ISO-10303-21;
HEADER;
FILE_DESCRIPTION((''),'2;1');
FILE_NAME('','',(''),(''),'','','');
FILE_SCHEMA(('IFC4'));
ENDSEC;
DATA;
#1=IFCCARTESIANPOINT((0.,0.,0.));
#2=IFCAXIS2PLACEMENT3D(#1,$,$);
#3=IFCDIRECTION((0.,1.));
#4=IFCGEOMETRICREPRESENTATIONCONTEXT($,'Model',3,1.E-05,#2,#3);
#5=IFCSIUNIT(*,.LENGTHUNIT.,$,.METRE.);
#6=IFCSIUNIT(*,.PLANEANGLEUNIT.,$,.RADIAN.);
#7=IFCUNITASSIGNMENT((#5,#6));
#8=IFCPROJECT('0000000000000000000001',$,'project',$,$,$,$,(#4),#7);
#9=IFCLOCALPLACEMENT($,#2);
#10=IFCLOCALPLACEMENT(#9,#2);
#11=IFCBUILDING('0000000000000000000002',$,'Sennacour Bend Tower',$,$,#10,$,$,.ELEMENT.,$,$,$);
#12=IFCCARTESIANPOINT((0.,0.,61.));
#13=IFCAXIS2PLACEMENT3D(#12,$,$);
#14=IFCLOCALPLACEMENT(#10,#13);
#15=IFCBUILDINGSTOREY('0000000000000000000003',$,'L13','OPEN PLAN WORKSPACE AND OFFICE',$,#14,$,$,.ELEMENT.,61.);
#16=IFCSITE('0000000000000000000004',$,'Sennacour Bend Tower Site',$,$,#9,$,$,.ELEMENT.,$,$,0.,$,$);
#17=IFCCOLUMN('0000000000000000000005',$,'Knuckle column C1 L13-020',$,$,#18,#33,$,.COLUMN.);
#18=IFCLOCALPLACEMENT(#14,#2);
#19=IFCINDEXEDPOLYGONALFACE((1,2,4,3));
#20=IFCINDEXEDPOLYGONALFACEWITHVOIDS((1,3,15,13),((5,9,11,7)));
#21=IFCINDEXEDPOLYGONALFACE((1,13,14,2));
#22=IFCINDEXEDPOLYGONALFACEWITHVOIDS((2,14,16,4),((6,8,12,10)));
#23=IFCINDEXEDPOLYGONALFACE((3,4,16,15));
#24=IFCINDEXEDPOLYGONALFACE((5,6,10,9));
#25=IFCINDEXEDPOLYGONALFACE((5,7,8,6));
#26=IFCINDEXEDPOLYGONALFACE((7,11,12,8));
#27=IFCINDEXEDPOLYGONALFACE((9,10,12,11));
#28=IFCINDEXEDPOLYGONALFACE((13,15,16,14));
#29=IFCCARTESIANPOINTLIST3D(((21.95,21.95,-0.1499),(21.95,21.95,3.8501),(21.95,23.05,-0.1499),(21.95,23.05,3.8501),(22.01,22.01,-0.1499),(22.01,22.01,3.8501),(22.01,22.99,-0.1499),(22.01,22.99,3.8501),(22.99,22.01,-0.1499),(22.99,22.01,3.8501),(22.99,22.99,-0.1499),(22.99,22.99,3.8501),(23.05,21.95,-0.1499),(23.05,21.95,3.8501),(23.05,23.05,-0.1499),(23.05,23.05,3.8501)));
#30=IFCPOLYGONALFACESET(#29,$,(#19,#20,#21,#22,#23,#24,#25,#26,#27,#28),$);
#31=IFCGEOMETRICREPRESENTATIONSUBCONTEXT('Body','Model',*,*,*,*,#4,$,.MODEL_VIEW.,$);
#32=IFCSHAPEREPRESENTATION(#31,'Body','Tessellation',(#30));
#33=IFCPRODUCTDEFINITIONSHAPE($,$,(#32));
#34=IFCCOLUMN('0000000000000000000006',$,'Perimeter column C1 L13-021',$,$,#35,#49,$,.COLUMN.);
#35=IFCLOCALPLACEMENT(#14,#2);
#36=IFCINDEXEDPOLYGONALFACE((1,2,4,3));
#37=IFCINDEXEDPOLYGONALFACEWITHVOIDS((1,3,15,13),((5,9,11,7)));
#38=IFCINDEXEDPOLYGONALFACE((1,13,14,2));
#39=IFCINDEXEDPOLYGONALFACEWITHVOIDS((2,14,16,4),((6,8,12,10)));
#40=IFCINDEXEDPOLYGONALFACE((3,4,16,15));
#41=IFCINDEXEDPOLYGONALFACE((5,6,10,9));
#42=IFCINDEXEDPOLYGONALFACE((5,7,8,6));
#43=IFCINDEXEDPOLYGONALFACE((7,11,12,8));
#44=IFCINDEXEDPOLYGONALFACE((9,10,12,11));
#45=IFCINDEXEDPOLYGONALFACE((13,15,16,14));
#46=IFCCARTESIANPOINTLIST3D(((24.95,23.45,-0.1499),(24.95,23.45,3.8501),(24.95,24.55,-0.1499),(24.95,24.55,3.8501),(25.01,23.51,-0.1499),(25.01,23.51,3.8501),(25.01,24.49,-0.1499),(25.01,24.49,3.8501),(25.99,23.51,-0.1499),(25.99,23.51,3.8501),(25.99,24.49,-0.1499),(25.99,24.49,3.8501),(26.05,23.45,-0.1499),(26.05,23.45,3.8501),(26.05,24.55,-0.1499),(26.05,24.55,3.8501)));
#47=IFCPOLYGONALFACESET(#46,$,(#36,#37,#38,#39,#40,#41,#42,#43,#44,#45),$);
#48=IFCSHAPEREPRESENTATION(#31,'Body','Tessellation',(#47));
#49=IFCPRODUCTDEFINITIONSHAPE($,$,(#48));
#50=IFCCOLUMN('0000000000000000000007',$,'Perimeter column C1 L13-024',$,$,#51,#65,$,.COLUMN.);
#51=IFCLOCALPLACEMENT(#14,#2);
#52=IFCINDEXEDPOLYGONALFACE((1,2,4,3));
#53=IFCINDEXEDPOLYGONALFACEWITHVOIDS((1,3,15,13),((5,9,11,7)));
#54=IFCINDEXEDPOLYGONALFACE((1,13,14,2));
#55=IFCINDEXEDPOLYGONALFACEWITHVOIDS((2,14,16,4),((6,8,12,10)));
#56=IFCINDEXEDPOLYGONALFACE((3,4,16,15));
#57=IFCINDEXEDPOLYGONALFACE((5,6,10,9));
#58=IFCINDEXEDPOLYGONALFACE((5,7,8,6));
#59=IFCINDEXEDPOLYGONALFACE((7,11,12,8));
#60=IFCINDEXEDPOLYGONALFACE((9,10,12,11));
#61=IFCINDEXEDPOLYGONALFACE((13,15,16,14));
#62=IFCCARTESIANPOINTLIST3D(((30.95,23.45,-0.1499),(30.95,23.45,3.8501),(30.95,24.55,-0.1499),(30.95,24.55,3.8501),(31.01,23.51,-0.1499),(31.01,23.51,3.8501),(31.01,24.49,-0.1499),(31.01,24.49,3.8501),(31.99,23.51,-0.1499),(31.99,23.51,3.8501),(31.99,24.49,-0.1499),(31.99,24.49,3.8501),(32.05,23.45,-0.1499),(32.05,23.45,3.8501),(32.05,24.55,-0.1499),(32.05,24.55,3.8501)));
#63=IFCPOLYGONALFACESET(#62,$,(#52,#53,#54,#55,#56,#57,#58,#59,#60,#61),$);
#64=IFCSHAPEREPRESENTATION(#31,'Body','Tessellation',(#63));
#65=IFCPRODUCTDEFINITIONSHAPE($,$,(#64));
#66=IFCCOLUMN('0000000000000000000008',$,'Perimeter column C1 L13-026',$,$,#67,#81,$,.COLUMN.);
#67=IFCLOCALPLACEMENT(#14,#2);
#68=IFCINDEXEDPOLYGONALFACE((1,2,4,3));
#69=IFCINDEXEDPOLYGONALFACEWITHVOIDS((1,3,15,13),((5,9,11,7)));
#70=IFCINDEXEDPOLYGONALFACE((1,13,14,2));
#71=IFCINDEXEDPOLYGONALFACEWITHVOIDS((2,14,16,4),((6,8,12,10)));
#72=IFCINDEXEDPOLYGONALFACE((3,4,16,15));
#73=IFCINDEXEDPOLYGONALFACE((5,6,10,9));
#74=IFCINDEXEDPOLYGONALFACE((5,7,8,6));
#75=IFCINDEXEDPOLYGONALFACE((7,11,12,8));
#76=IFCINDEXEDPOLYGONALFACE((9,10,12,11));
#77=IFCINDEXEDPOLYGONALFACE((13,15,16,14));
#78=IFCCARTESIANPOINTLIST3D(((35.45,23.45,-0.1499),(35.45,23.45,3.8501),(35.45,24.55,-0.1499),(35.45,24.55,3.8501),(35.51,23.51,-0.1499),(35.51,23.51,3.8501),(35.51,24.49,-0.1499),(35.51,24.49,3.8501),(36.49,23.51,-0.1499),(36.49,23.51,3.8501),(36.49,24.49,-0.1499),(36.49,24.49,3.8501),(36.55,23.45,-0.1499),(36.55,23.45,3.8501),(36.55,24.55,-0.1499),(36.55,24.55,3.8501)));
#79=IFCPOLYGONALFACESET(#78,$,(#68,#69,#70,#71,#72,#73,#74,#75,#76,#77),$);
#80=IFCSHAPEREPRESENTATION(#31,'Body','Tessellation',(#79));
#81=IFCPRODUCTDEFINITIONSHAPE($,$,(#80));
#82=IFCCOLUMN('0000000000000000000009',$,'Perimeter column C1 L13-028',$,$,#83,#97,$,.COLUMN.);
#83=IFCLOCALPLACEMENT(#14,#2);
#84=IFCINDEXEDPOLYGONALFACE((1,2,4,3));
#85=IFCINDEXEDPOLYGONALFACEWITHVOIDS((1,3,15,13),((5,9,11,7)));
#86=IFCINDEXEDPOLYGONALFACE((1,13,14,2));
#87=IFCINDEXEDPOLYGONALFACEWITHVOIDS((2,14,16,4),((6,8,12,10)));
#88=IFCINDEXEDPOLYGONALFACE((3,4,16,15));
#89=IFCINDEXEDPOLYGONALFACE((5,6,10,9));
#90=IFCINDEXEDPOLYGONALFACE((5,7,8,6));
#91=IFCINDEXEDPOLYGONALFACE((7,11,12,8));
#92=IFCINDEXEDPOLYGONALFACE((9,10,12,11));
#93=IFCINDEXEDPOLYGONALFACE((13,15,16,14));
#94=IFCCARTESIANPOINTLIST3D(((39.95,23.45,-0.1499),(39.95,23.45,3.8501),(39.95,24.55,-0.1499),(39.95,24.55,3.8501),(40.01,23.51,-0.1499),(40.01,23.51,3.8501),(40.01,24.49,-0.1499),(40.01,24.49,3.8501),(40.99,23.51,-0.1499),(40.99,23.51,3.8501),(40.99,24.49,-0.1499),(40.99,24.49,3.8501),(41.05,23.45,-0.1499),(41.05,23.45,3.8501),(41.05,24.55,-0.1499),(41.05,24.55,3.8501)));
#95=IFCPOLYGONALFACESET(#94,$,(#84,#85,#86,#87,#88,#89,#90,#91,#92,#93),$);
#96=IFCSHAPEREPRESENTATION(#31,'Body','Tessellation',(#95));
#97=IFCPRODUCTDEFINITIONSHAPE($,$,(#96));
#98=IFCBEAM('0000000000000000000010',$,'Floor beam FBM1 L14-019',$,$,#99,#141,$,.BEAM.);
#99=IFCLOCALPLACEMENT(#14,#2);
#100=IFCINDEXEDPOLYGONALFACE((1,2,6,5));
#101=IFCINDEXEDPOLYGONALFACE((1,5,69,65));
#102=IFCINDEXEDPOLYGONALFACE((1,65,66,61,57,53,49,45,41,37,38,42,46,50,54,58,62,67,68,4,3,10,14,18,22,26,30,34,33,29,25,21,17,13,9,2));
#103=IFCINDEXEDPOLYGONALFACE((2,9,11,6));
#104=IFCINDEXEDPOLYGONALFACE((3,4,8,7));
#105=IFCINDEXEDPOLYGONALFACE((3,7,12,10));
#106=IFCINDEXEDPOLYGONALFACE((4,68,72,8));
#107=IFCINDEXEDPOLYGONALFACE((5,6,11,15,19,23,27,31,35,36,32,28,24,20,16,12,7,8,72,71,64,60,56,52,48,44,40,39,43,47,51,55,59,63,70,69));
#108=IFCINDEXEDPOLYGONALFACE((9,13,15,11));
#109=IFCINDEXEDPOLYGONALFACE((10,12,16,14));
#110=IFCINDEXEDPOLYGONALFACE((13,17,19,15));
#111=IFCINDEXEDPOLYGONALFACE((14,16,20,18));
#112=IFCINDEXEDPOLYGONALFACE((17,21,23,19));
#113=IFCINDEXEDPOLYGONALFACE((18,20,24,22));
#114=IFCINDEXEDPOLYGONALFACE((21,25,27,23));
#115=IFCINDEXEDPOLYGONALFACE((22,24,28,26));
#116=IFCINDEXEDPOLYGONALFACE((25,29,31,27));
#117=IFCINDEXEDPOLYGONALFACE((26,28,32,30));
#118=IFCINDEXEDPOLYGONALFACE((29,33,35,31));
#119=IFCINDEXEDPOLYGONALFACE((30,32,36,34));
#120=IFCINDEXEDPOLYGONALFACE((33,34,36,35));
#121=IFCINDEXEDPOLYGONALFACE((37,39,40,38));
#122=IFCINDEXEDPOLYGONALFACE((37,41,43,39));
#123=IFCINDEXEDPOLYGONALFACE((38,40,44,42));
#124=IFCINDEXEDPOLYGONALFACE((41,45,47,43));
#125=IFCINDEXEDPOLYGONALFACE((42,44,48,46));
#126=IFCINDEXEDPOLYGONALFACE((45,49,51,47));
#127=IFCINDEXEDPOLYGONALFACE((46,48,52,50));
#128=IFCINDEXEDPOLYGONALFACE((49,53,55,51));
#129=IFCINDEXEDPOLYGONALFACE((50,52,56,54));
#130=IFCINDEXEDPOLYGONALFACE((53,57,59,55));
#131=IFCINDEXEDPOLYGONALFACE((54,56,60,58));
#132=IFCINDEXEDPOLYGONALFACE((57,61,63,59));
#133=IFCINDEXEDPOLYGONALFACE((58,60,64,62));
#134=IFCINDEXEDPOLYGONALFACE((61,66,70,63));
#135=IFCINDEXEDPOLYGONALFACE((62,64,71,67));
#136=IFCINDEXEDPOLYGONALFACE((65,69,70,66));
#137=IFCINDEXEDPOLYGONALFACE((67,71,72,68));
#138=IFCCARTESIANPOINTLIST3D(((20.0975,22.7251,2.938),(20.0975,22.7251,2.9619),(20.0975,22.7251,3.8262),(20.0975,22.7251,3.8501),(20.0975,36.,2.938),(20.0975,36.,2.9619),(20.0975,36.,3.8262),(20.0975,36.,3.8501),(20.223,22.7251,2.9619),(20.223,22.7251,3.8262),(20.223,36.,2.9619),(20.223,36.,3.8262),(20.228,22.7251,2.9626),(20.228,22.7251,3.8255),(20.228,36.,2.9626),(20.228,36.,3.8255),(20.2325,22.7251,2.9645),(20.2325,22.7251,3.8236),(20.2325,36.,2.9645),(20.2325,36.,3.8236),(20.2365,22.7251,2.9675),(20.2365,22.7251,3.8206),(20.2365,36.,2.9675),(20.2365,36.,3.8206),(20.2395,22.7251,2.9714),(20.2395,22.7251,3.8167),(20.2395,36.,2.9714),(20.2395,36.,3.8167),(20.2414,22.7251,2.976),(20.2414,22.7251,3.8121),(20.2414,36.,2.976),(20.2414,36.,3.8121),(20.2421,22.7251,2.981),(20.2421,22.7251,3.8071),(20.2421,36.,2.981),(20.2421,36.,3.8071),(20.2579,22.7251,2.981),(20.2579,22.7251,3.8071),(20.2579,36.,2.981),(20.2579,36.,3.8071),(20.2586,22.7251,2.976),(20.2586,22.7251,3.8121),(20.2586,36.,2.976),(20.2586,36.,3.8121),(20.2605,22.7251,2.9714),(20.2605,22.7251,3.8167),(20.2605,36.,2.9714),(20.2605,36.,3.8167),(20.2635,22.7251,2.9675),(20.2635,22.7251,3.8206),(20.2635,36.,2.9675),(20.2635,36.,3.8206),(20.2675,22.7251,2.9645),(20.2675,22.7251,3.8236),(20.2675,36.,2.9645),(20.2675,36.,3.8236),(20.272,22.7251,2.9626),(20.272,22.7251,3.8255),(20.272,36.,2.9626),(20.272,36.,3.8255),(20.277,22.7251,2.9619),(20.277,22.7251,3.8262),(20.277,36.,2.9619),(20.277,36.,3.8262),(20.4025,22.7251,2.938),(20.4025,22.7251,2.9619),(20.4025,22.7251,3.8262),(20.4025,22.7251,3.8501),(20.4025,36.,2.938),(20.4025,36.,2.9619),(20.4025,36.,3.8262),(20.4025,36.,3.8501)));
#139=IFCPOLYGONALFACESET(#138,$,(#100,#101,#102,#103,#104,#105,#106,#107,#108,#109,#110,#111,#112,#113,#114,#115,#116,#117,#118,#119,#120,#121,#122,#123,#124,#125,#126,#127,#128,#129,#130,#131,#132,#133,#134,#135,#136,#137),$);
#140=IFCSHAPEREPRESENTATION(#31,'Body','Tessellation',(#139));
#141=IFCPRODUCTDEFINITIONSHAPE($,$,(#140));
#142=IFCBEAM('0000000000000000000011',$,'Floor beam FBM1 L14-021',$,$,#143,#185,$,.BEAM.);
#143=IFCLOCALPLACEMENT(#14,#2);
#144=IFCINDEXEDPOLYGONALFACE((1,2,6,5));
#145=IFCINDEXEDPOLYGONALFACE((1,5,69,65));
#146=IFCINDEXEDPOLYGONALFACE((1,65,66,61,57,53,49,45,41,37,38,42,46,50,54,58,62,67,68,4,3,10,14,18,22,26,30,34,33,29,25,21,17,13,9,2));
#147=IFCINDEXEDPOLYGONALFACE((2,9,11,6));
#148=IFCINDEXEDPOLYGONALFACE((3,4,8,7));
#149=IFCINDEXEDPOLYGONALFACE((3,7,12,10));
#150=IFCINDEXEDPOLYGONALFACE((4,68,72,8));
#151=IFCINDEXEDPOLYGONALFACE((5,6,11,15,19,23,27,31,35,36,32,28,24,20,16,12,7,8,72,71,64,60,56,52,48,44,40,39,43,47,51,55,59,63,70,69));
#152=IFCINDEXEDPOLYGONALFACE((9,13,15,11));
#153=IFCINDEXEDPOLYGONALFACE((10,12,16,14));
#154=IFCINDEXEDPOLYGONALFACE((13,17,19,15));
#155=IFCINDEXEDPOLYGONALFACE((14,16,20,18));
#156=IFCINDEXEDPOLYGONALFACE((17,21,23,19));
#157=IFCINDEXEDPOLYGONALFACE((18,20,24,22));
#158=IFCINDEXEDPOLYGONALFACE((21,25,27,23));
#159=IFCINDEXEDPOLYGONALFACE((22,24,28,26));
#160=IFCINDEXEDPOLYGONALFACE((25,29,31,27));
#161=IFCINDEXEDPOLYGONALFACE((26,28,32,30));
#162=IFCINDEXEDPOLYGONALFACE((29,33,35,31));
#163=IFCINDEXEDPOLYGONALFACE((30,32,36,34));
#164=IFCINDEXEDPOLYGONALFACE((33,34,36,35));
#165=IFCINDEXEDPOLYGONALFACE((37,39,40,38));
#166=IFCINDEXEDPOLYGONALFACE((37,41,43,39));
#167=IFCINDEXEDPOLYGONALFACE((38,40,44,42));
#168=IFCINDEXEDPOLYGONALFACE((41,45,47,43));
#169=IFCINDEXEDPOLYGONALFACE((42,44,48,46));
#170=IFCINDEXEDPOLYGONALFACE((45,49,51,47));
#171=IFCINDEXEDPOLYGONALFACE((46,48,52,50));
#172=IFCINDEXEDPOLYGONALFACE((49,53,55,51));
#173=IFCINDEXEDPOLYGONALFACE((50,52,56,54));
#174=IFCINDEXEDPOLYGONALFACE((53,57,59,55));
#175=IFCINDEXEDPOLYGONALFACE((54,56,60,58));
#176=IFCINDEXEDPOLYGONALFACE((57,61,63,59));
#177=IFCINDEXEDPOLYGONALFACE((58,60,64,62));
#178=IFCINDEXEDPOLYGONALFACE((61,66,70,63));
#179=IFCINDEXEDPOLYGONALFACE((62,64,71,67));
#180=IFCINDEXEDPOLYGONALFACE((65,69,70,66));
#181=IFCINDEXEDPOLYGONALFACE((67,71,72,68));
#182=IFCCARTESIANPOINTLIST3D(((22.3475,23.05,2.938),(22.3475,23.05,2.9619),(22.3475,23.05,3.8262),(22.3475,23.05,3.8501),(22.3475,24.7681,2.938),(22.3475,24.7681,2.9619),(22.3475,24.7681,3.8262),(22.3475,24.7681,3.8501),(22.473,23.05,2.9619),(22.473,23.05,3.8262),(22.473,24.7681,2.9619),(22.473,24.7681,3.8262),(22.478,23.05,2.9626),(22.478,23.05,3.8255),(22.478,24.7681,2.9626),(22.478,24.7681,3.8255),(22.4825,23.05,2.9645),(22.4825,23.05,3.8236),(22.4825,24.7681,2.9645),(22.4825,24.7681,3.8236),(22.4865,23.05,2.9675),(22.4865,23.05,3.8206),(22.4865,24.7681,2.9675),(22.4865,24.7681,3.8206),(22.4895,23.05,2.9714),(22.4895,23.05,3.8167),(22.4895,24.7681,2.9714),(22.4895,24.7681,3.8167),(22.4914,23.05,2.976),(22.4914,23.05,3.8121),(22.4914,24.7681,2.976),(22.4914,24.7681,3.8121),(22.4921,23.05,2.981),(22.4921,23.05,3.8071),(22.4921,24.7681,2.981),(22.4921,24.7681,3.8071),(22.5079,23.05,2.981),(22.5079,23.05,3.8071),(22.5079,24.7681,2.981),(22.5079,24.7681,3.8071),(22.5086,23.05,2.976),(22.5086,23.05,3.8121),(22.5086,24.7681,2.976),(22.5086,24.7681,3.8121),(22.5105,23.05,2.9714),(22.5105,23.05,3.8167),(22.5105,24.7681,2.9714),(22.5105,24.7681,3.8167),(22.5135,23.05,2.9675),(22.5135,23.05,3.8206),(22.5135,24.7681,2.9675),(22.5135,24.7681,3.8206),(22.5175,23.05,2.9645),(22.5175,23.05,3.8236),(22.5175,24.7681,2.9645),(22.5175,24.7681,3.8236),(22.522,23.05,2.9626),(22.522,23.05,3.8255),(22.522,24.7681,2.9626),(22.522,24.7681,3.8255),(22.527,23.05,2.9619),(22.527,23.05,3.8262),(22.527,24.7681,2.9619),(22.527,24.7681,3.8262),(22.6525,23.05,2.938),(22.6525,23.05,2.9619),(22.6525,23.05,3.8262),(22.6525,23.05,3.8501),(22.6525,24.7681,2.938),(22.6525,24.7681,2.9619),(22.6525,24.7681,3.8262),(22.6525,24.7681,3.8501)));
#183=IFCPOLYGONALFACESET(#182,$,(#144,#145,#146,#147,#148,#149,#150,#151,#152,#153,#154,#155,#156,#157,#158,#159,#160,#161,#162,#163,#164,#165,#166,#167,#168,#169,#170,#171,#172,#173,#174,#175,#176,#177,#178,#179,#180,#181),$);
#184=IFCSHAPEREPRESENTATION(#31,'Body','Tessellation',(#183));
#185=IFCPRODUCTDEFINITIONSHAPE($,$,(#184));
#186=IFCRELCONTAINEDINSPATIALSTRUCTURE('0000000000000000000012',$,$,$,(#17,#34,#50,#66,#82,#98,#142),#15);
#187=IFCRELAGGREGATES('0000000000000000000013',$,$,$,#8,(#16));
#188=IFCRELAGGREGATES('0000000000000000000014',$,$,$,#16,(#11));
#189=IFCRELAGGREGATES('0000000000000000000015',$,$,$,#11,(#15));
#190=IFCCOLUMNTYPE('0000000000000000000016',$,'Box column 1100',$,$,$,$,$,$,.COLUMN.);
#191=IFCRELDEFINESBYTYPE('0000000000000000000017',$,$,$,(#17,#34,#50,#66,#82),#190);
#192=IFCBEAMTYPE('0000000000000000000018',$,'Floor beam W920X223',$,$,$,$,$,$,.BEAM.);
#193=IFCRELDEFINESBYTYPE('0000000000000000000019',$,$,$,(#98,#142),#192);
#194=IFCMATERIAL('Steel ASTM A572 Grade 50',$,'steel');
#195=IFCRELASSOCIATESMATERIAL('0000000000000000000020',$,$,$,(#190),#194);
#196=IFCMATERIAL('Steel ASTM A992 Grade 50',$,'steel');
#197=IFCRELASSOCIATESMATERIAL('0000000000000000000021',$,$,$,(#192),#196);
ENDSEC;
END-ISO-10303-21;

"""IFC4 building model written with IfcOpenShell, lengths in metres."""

from ifc_helpers import new_model, si_unit, direction, frame, origin, origin_2d, place, context, subcontext, project, spatial, hollow_rectangle, i_section, extrude, material, material_profile, profile_set, type_object, element, save


model = new_model("IFC4")

# Units and contexts
model_context = context("Model", 3, precision=1e-05, world=origin(), true_north=direction((0.0, 1.0)))
body_context = subcontext(model_context, "Body", "Model", "MODEL_VIEW")
ifc_project = project(units=[si_unit("LENGTHUNIT", "METRE"), si_unit("PLANEANGLEUNIT", "RADIAN")], contexts=[model_context])

# Site, building, storey
site_placement = place(None, origin())
site = spatial("IfcSite", under=ifc_project, at=site_placement, Name="Sennacour Bend Tower Site", CompositionType="ELEMENT", RefElevation=0.0)
building_placement = place(site_placement, origin())
building = spatial("IfcBuilding", under=site, at=building_placement, Name="Sennacour Bend Tower", CompositionType="ELEMENT")
storey_placement = place(building_placement, frame((0.0, 0.0, 61.0)))
storey = spatial("IfcBuildingStorey", under=building, at=storey_placement, Name="L13", Description="OPEN PLAN WORKSPACE AND OFFICE", CompositionType="ELEMENT", Elevation=61.0)

# Columns
ifc_material_1 = material(Name="Steel ASTM A572 Grade 50", Category="steel")
ifc_material_profile_1 = material_profile(ifc_material_1, hollow_rectangle(XDim=1.1001, YDim=1.1001, WallThickness=0.0601, at=origin_2d()), Name="Steel ASTM A572 Grade 50", Category="steel")
ifc_profile_set_1 = profile_set([ifc_material_profile_1], Name="Steel ASTM A572 Grade 50")
column_type = type_object("IfcColumnType", Name="Box column 1100", PredefinedType="COLUMN", material=ifc_profile_set_1)
for number, where, z_axis, x_axis, name in (
    (1, (22.5, 22.5, -0.1499), (0.0, 0.0, 1.0), (1.0, 0.0, 0.0), "Knuckle column C1 L13-020"),
    (2, (25.5, 24.0, -0.1499), (0.0, 0.0, 1.0), (1.0, 0.0, 0.0), "Perimeter column C1 L13-021"),
    (3, (31.5, 24.0, -0.1499), (0.0, 0.0, 1.0), (1.0, 0.0, 0.0), "Perimeter column C1 L13-024"),
    (4, (36.0, 24.0, -0.1499), (0.0, 0.0, 1.0), (1.0, 0.0, 0.0), "Perimeter column C1 L13-026"),
    (5, (40.5, 24.0, -0.1499), (0.0, 0.0, 1.0), (1.0, 0.0, 0.0), "Perimeter column C1 L13-028"),
):
    element("IfcColumn", number, at=place(storey_placement, frame(where, z_axis=z_axis, x_axis=x_axis)), inside=storey, type_object=column_type, Name=name, PredefinedType="COLUMN", context=body_context, shape_type="SweptSolid", body=[
        extrude(hollow_rectangle(XDim=1.1001, YDim=1.1001, WallThickness=0.0601, at=origin_2d()), origin(), (0.0, 0.0, 1.0), 4.0),
    ])

# Beams
ifc_material_2 = material(Name="Steel ASTM A992 Grade 50", Category="steel")
ifc_material_profile_2 = material_profile(ifc_material_2, i_section(OverallWidth=0.3049, OverallDepth=0.9121, WebThickness=0.0159, FlangeThickness=0.0239, FilletRadius=0.019, at=origin_2d()), Name="Steel ASTM A992 Grade 50", Category="steel")
ifc_profile_set_2 = profile_set([ifc_material_profile_2], Name="Steel ASTM A992 Grade 50")
beam_type_1 = type_object("IfcBeamType", Name="Floor beam W920X223", PredefinedType="BEAM", material=ifc_profile_set_2)
beam_1_placement = place(storey_placement, frame((20.25, 22.7251, 3.394), z_axis=(0.0, 1.0, 0.0), x_axis=(-1.0, 0.0, 0.0)))
element("IfcBeam", 6, at=beam_1_placement, inside=storey, type_object=beam_type_1, Name="Floor beam FBM1 L14-019", PredefinedType="BEAM", context=body_context, shape_type="SweptSolid", body=[
    extrude(i_section(OverallWidth=0.3049, OverallDepth=0.9121, WebThickness=0.0159, FlangeThickness=0.0239, FilletRadius=0.019, at=origin_2d()), origin(), (0.0, 0.0, 1.0), 13.2749),
])
beam_2_placement = place(storey_placement, frame((22.5, 23.05, 3.394), z_axis=(0.0, 1.0, 0.0), x_axis=(-1.0, 0.0, 0.0)))
element("IfcBeam", 7, at=beam_2_placement, inside=storey, type_object=beam_type_1, Name="Floor beam FBM1 L14-021", PredefinedType="BEAM", context=body_context, shape_type="SweptSolid", body=[
    extrude(i_section(OverallWidth=0.3049, OverallDepth=0.9121, WebThickness=0.0159, FlangeThickness=0.0239, FilletRadius=0.019, at=origin_2d()), origin(), (0.0, 0.0, 1.0), 1.718),
])

save(model, "model.ifc")
